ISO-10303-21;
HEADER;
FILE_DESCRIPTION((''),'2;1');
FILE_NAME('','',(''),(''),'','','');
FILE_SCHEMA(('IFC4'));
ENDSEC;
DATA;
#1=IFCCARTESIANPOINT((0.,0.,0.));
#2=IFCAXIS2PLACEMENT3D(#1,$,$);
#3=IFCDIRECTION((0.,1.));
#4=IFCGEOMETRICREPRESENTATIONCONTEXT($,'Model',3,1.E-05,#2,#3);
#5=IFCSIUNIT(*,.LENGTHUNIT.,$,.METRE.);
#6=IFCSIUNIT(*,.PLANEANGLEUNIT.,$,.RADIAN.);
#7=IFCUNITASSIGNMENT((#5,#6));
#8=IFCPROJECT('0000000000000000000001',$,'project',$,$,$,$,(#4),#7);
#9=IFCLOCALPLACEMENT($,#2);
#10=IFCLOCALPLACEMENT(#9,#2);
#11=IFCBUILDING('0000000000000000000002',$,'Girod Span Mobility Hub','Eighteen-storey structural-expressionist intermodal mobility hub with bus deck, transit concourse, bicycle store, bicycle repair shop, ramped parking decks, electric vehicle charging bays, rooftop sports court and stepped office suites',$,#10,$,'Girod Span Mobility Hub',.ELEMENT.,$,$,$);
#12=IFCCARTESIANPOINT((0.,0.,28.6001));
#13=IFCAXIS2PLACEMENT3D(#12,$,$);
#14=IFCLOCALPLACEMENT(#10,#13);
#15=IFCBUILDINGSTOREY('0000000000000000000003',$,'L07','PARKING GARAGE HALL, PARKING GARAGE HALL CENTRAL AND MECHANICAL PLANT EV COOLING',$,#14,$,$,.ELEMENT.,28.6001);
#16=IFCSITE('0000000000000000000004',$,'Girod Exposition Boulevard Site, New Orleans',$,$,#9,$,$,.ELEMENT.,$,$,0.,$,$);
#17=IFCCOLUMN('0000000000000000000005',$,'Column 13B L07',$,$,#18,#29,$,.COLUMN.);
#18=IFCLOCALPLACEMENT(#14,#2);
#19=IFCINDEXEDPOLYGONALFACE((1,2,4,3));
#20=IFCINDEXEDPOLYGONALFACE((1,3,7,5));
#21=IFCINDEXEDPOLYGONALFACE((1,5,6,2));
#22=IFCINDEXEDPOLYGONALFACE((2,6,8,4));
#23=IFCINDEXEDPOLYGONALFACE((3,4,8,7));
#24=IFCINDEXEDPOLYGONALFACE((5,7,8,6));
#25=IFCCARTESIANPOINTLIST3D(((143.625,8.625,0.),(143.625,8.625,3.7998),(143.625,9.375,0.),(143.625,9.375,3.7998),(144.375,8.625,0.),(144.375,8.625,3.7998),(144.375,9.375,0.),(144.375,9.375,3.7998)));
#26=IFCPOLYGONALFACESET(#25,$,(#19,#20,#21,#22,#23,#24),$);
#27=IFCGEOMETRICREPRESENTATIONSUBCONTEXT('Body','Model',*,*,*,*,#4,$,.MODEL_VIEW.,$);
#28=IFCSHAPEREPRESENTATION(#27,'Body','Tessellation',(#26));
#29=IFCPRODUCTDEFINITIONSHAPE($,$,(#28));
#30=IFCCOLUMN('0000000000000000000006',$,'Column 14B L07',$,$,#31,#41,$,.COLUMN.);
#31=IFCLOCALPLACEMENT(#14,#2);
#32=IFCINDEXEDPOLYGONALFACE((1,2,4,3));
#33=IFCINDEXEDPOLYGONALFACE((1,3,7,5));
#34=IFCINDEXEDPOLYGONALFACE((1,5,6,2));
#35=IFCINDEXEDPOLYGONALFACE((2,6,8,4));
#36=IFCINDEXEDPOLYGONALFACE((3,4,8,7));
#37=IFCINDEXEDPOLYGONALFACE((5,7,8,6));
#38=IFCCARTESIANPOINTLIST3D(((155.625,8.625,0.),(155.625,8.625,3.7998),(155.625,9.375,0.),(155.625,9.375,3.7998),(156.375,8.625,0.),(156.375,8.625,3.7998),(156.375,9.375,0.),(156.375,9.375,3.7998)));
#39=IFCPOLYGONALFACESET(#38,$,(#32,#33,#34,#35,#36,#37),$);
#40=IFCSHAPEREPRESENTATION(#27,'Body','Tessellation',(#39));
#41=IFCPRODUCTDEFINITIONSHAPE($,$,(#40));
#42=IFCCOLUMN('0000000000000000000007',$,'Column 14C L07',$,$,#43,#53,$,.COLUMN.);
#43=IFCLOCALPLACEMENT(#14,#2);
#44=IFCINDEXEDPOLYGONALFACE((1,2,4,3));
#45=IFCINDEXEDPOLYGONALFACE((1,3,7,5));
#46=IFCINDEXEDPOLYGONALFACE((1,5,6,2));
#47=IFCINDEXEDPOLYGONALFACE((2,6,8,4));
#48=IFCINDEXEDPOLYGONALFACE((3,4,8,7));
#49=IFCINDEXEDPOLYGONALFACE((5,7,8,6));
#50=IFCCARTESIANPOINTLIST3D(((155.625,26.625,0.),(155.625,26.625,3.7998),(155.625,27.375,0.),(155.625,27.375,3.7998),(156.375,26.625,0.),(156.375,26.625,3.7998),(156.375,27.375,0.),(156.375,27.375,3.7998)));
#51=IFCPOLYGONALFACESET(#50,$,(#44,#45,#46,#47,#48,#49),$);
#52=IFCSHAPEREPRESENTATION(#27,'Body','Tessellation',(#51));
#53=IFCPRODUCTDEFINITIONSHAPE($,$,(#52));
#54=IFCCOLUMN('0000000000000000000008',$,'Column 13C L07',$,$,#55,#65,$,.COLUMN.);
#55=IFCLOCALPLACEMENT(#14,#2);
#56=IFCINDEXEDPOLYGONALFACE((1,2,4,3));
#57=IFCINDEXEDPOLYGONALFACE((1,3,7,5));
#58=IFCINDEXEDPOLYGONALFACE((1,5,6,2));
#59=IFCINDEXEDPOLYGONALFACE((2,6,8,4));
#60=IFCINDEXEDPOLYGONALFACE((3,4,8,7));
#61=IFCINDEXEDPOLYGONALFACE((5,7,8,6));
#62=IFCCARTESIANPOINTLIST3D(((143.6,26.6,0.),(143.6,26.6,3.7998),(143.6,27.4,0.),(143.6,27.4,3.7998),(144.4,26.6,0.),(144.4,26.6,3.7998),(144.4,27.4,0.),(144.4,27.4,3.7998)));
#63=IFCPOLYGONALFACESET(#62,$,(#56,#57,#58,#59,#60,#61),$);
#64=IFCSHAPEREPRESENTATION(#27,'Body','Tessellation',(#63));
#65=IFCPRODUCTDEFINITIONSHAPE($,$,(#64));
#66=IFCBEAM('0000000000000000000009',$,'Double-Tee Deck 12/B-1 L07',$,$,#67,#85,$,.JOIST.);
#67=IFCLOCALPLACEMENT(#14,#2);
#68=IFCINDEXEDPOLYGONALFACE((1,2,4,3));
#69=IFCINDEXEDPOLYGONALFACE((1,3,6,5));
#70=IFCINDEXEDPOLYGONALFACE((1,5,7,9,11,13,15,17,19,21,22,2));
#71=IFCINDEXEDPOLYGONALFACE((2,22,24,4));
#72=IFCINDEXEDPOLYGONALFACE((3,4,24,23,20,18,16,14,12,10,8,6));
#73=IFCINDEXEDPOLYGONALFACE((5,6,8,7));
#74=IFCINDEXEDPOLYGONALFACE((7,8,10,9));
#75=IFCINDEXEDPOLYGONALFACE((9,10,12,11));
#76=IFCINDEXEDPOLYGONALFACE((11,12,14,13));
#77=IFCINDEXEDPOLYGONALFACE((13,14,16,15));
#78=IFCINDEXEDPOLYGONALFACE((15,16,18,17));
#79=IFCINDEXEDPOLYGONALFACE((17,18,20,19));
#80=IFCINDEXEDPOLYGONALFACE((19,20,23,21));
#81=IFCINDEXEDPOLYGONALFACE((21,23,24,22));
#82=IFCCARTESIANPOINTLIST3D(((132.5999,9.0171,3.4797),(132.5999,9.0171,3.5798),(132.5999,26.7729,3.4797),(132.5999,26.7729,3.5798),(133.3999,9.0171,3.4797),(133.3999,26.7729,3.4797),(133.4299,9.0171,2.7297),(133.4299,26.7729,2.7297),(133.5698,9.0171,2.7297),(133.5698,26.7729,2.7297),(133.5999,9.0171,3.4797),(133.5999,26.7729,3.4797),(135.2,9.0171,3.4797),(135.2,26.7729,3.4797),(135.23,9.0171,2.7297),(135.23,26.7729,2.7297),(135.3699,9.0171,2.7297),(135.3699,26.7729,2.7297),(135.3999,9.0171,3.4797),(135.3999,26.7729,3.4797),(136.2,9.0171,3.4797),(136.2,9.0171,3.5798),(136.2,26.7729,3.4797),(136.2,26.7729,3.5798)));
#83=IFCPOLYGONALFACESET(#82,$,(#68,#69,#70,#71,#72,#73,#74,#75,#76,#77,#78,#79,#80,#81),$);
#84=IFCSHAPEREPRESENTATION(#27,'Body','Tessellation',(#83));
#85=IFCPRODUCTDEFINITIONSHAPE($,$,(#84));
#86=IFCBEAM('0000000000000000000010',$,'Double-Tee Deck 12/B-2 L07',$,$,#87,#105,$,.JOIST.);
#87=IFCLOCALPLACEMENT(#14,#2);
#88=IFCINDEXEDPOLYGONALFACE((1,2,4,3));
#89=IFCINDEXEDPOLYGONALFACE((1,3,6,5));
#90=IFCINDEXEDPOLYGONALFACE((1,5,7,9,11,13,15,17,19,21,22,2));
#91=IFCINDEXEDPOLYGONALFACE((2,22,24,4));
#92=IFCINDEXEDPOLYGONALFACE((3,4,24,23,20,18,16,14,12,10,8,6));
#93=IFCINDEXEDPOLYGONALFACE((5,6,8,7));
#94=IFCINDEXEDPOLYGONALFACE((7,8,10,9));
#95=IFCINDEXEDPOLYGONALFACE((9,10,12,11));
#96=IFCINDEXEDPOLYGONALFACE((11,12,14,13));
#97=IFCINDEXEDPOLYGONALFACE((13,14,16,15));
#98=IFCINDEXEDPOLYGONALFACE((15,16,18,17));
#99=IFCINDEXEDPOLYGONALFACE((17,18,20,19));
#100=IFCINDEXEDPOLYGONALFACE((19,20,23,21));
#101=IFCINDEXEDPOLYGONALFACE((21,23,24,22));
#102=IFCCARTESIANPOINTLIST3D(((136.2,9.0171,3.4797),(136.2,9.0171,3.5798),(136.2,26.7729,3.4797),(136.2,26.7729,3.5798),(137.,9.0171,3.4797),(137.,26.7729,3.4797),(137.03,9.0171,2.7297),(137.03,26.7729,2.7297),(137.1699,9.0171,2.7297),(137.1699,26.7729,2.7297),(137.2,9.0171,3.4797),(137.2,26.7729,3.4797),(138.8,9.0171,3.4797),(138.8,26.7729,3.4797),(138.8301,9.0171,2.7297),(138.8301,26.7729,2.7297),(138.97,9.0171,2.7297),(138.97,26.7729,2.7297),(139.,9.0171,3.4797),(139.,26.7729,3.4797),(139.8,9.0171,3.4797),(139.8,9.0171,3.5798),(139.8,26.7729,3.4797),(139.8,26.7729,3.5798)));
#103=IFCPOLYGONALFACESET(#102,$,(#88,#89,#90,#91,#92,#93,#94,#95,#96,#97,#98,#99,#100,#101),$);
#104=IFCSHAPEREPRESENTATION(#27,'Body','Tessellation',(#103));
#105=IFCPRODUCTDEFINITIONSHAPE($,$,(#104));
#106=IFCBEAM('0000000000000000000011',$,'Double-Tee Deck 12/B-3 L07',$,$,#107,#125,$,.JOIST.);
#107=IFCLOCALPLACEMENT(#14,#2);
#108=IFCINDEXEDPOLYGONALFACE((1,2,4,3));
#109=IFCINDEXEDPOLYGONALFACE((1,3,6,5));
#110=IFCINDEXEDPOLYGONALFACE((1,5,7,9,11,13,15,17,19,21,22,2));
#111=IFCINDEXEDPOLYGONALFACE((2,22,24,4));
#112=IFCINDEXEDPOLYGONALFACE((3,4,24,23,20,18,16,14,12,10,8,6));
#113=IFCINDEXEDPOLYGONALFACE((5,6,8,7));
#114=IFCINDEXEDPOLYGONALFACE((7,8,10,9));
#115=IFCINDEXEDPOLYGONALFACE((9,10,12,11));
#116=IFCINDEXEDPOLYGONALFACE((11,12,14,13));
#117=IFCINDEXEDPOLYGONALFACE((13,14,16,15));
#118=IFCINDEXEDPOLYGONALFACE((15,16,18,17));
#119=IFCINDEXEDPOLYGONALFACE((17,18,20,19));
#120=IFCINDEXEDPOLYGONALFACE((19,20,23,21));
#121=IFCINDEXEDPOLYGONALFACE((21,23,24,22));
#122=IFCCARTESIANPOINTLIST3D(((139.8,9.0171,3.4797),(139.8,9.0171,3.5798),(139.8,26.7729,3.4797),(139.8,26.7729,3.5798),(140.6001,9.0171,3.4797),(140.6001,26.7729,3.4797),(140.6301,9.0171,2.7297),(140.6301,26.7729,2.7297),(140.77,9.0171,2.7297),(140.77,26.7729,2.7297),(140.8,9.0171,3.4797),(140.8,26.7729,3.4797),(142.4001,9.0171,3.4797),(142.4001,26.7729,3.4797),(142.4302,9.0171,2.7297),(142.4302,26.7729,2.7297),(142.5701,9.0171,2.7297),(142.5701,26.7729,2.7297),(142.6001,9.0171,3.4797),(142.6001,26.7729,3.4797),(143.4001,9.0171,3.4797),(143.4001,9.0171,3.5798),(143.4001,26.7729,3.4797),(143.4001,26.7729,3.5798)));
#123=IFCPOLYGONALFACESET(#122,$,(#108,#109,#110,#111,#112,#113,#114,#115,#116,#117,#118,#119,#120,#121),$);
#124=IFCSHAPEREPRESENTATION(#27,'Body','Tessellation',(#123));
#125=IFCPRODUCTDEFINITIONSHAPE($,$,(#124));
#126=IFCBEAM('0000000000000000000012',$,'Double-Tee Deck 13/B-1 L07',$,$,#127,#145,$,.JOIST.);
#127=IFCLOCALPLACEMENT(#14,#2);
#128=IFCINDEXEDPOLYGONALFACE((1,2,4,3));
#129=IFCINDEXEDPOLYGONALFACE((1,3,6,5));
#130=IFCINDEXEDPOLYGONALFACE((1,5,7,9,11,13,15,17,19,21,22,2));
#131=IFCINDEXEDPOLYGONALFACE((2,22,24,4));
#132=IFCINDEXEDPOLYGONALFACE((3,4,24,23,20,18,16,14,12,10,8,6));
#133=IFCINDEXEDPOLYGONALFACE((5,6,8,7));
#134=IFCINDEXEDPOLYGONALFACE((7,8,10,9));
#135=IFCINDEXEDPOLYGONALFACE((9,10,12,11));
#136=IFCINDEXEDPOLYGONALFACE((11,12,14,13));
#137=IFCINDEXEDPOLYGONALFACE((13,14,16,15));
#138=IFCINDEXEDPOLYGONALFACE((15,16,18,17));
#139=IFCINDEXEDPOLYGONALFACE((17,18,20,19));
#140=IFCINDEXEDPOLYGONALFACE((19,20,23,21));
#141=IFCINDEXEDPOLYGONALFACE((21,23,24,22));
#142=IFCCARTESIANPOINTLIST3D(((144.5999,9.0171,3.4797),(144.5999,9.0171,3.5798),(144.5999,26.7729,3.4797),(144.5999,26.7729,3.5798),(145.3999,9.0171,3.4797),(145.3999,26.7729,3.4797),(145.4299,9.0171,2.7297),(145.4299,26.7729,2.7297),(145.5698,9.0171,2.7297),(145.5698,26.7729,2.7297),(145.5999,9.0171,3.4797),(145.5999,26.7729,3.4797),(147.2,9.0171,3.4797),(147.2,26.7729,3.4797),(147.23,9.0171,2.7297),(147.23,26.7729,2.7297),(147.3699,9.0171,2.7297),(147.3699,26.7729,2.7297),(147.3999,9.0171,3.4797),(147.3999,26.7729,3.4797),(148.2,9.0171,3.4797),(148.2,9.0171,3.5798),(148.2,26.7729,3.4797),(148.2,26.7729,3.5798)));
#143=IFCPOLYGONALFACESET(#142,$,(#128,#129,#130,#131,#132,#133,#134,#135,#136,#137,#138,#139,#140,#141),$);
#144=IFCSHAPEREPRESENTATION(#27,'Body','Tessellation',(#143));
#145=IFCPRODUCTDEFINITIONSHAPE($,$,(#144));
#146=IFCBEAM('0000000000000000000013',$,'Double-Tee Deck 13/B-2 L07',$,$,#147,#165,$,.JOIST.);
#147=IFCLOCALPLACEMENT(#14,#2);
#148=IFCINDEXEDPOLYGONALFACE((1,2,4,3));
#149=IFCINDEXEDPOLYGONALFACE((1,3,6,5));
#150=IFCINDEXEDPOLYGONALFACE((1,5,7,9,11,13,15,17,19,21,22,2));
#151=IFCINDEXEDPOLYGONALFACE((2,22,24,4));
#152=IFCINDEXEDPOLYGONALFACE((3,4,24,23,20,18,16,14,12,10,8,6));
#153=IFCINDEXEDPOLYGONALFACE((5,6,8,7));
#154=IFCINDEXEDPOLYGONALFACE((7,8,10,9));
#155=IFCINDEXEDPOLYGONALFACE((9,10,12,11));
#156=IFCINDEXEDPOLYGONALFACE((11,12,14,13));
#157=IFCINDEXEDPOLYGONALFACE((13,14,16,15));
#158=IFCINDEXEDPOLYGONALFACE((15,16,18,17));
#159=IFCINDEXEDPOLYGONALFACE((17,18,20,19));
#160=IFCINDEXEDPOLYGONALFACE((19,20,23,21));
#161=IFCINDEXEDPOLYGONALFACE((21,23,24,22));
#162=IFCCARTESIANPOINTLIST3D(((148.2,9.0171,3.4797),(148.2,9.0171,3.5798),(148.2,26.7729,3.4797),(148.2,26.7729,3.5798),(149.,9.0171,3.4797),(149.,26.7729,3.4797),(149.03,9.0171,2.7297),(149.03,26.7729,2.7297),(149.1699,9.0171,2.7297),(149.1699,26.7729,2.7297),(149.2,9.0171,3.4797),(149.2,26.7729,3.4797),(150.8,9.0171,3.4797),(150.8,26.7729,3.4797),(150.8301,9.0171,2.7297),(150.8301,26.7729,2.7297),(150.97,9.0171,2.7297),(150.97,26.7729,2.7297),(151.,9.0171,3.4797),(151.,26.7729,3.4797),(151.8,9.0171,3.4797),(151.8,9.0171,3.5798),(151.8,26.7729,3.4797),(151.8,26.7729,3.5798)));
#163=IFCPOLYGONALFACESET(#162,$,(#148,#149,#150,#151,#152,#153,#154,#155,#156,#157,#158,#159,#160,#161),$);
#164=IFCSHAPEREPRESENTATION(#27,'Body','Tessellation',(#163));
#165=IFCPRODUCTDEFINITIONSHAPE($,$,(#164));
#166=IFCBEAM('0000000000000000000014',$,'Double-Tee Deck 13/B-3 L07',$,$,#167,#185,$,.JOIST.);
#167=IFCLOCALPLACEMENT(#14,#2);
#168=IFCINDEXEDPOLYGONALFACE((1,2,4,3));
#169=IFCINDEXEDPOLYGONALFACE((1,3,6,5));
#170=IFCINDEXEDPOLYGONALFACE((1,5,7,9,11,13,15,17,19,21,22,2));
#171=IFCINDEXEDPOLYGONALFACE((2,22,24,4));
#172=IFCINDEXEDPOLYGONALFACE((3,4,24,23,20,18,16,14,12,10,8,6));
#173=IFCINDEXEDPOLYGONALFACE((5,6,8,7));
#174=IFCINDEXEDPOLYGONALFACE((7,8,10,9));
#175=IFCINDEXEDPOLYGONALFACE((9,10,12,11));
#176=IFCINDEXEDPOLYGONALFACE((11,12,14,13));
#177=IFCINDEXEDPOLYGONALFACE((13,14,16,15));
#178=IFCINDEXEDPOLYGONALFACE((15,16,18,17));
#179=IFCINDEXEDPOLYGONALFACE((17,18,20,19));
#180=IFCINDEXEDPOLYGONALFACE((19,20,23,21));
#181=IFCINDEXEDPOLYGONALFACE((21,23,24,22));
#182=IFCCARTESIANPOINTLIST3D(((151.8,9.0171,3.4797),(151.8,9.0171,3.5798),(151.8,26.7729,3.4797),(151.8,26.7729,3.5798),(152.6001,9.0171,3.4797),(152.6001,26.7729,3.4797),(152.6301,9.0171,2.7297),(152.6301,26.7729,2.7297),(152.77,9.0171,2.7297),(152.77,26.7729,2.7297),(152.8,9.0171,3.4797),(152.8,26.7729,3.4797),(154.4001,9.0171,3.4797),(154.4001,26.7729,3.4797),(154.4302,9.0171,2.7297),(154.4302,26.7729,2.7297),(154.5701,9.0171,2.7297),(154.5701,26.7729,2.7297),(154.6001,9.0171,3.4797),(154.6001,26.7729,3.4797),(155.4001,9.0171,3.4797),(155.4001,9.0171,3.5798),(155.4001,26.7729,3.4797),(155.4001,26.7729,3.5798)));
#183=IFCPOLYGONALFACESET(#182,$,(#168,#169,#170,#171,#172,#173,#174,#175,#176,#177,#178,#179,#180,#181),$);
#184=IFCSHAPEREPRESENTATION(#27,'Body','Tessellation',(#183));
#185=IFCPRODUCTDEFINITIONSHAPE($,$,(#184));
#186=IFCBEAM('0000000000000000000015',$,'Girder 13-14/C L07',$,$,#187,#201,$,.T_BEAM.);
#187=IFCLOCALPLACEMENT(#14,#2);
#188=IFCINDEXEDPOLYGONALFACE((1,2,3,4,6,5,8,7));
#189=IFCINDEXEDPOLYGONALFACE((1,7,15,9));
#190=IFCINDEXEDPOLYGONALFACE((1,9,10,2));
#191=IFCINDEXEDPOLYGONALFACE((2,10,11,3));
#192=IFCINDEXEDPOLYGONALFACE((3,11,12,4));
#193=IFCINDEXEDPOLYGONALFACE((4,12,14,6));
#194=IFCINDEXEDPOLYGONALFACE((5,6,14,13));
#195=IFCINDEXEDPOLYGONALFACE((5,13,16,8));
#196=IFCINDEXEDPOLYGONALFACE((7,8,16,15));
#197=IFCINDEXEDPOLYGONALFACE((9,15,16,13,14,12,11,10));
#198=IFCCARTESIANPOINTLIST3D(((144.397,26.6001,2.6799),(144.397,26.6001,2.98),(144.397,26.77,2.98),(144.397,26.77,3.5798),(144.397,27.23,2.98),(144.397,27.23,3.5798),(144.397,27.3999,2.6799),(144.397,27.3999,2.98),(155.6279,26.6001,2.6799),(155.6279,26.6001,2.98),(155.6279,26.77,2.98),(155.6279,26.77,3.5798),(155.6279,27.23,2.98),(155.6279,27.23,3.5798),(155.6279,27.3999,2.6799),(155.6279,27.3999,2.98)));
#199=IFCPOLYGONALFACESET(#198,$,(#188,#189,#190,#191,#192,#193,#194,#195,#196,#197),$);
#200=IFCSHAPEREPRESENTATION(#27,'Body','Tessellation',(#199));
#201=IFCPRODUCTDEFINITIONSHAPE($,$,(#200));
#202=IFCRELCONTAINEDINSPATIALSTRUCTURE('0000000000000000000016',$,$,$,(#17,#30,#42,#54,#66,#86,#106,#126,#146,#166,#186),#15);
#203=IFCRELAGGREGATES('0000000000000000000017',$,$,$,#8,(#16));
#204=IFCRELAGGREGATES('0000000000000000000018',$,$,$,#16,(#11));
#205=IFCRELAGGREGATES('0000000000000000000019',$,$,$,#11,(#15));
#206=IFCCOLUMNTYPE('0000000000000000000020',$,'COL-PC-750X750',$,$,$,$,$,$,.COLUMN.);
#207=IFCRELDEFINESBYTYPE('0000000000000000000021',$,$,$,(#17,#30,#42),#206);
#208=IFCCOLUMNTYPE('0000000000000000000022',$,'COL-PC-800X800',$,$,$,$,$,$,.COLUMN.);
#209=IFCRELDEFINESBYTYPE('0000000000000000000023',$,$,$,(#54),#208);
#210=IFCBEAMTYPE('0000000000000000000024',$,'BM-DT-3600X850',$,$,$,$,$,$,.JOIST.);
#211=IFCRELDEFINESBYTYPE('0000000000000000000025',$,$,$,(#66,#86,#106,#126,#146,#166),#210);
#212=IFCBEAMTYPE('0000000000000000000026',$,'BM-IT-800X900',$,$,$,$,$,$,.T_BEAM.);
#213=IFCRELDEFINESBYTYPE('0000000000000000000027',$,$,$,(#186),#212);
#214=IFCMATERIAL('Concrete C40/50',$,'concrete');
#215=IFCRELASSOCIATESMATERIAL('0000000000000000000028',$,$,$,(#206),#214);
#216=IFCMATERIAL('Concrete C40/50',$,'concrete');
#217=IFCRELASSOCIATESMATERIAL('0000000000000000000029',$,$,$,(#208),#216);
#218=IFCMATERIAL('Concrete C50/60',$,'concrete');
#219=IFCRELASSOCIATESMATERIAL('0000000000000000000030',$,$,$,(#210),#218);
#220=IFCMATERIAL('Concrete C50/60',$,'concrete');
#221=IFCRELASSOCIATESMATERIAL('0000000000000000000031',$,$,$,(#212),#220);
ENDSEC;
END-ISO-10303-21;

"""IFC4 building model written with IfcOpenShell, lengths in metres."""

from ifc_helpers import new_model, si_unit, direction, frame, origin, origin_2d, place, context, subcontext, project, spatial, polyline, rectangle, outline, extrude, material, material_profile, profile_set, type_object, element, save


model = new_model("IFC4")

# Units and contexts
model_context = context("Model", 3, precision=1e-05, world=origin(), true_north=direction((0.0, 1.0)))
body_context = subcontext(model_context, "Body", "Model", "MODEL_VIEW")
ifc_project = project(units=[si_unit("LENGTHUNIT", "METRE"), si_unit("PLANEANGLEUNIT", "RADIAN")], contexts=[model_context])

# Site, building, storey
site_placement = place(None, origin())
site = spatial("IfcSite", under=ifc_project, at=site_placement, Name="Girod Exposition Boulevard Site, New Orleans", CompositionType="ELEMENT", RefElevation=0.0)
building_placement = place(site_placement, origin())
building = spatial("IfcBuilding", under=site, at=building_placement, Name="Girod Span Mobility Hub", Description="Eighteen-storey structural-expressionist intermodal mobility hub with bus deck, transit concourse, bicycle store, bicycle repair shop, ramped parking decks, electric vehicle charging bays, rooftop sports court and stepped office suites", LongName="Girod Span Mobility Hub", CompositionType="ELEMENT")
storey_placement = place(building_placement, frame((0.0, 0.0, 28.6001)))
storey = spatial("IfcBuildingStorey", under=building, at=storey_placement, Name="L07", Description="PARKING GARAGE HALL, PARKING GARAGE HALL CENTRAL AND MECHANICAL PLANT EV COOLING", CompositionType="ELEMENT", Elevation=28.6001)

# Columns
ifc_material_1 = material(Name="Concrete C40/50", Category="concrete")
ifc_material_profile_1 = material_profile(ifc_material_1, rectangle(XDim=0.75, YDim=0.75, at=origin_2d()), Name="PC-COL-750X750")
ifc_profile_set_1 = profile_set([ifc_material_profile_1], Name="Concrete C40/50")
column_type_1 = type_object("IfcColumnType", Name="COL-PC-750X750", PredefinedType="COLUMN", material=ifc_profile_set_1)
for number, where, z_axis, x_axis, name in (
    (1, (144.0, 9.0, 0.0), (0.0, 0.0, 1.0), (1.0, 0.0, 0.0), "Column 13B L07"),
    (2, (156.0, 9.0, 0.0), (0.0, 0.0, 1.0), (1.0, 0.0, 0.0), "Column 14B L07"),
    (3, (156.0, 27.0, 0.0), (0.0, 0.0, 1.0), (1.0, 0.0, 0.0), "Column 14C L07"),
):
    element("IfcColumn", number, at=place(storey_placement, frame(where, z_axis=z_axis, x_axis=x_axis)), inside=storey, type_object=column_type_1, Name=name, PredefinedType="COLUMN", context=body_context, shape_type="SweptSolid", body=[
        extrude(rectangle(XDim=0.75, YDim=0.75, at=origin_2d()), origin(), (0.0, 0.0, 1.0), 3.7998),
    ])
ifc_material_2 = material(Name="Concrete C40/50", Category="concrete")
ifc_material_profile_2 = material_profile(ifc_material_2, rectangle(XDim=0.8, YDim=0.8, at=origin_2d()), Name="PC-COL-800X800")
ifc_profile_set_2 = profile_set([ifc_material_profile_2], Name="Concrete C40/50")
column_type_2 = type_object("IfcColumnType", Name="COL-PC-800X800", PredefinedType="COLUMN", material=ifc_profile_set_2)
column_placement = place(storey_placement, frame((144.0, 27.0, 0.0), z_axis=(0.0, 0.0, 1.0), x_axis=(1.0, 0.0, 0.0)))
element("IfcColumn", 4, at=column_placement, inside=storey, type_object=column_type_2, Name="Column 13C L07", PredefinedType="COLUMN", context=body_context, shape_type="SweptSolid", body=[
    extrude(rectangle(XDim=0.8, YDim=0.8, at=origin_2d()), origin(), (0.0, 0.0, 1.0), 3.7998),
])

# Beams
ifc_material_3 = material(Name="Concrete C50/60", Category="concrete")
ifc_material_profile_3 = material_profile(ifc_material_3, outline(polyline([(-1.8, 0.425), (-1.8, 0.325), (-1.0, 0.325), (-0.97, -0.425), (-0.8301, -0.425), (-0.8, 0.325), (0.8, 0.325), (0.8301, -0.425), (0.97, -0.425), (1.0, 0.325), (1.8, 0.325), (1.8, 0.425), (-1.8, 0.425)])), Name="DT-3600X850")
ifc_profile_set_3 = profile_set([ifc_material_profile_3], Name="Concrete C50/60")
beam_type_1 = type_object("IfcBeamType", Name="BM-DT-3600X850", PredefinedType="JOIST", material=ifc_profile_set_3)
for number, where, z_axis, x_axis, name in (
    (5, (134.3999, 9.0171, 3.1548), (0.0, 1.0, 0.0), (-1.0, 0.0, 0.0), "Double-Tee Deck 12/B-1 L07"),
    (6, (138.0, 9.0171, 3.1548), (0.0, 1.0, 0.0), (-1.0, 0.0, 0.0), "Double-Tee Deck 12/B-2 L07"),
    (7, (141.6001, 9.0171, 3.1548), (0.0, 1.0, 0.0), (-1.0, 0.0, 0.0), "Double-Tee Deck 12/B-3 L07"),
    (8, (146.3999, 9.0171, 3.1548), (0.0, 1.0, 0.0), (-1.0, 0.0, 0.0), "Double-Tee Deck 13/B-1 L07"),
    (9, (150.0, 9.0171, 3.1548), (0.0, 1.0, 0.0), (-1.0, 0.0, 0.0), "Double-Tee Deck 13/B-2 L07"),
    (10, (153.6001, 9.0171, 3.1548), (0.0, 1.0, 0.0), (-1.0, 0.0, 0.0), "Double-Tee Deck 13/B-3 L07"),
):
    element("IfcBeam", number, at=place(storey_placement, frame(where, z_axis=z_axis, x_axis=x_axis)), inside=storey, type_object=beam_type_1, Name=name, PredefinedType="JOIST", context=body_context, shape_type="SweptSolid", body=[
        extrude(outline(polyline([(-1.8, 0.425), (-1.8, 0.325), (-1.0, 0.325), (-0.97, -0.425), (-0.8301, -0.425), (-0.8, 0.325), (0.8, 0.325), (0.8301, -0.425), (0.97, -0.425), (1.0, 0.325), (1.8, 0.325), (1.8, 0.425), (-1.8, 0.425)])), origin(), (0.0, 0.0, 1.0), 17.7559),
    ])
ifc_material_4 = material(Name="Concrete C50/60", Category="concrete")
ifc_material_profile_4 = material_profile(ifc_material_4, outline(polyline([(-0.3999, -0.45), (0.3999, -0.45), (0.3999, -0.1499), (0.23, -0.1499), (0.23, 0.45), (-0.23, 0.45), (-0.23, -0.1499), (-0.3999, -0.1499), (-0.3999, -0.45)])), Name="IT-800X900")
ifc_profile_set_4 = profile_set([ifc_material_profile_4], Name="Concrete C50/60")
beam_type_2 = type_object("IfcBeamType", Name="BM-IT-800X900", PredefinedType="T_BEAM", material=ifc_profile_set_4)
beam_1_placement = place(storey_placement, frame((144.397, 27.0, 3.1299), z_axis=(1.0, 0.0, 0.0), x_axis=(0.0, 1.0, 0.0)))
element("IfcBeam", 11, at=beam_1_placement, inside=storey, type_object=beam_type_2, Name="Girder 13-14/C L07", PredefinedType="T_BEAM", context=body_context, shape_type="SweptSolid", body=[
    extrude(outline(polyline([(-0.3999, -0.45), (0.3999, -0.45), (0.3999, -0.1499), (0.23, -0.1499), (0.23, 0.45), (-0.23, 0.45), (-0.23, -0.1499), (-0.3999, -0.1499), (-0.3999, -0.45)])), origin(), (0.0, 0.0, 1.0), 11.231),
])

save(model, "model.ifc")
